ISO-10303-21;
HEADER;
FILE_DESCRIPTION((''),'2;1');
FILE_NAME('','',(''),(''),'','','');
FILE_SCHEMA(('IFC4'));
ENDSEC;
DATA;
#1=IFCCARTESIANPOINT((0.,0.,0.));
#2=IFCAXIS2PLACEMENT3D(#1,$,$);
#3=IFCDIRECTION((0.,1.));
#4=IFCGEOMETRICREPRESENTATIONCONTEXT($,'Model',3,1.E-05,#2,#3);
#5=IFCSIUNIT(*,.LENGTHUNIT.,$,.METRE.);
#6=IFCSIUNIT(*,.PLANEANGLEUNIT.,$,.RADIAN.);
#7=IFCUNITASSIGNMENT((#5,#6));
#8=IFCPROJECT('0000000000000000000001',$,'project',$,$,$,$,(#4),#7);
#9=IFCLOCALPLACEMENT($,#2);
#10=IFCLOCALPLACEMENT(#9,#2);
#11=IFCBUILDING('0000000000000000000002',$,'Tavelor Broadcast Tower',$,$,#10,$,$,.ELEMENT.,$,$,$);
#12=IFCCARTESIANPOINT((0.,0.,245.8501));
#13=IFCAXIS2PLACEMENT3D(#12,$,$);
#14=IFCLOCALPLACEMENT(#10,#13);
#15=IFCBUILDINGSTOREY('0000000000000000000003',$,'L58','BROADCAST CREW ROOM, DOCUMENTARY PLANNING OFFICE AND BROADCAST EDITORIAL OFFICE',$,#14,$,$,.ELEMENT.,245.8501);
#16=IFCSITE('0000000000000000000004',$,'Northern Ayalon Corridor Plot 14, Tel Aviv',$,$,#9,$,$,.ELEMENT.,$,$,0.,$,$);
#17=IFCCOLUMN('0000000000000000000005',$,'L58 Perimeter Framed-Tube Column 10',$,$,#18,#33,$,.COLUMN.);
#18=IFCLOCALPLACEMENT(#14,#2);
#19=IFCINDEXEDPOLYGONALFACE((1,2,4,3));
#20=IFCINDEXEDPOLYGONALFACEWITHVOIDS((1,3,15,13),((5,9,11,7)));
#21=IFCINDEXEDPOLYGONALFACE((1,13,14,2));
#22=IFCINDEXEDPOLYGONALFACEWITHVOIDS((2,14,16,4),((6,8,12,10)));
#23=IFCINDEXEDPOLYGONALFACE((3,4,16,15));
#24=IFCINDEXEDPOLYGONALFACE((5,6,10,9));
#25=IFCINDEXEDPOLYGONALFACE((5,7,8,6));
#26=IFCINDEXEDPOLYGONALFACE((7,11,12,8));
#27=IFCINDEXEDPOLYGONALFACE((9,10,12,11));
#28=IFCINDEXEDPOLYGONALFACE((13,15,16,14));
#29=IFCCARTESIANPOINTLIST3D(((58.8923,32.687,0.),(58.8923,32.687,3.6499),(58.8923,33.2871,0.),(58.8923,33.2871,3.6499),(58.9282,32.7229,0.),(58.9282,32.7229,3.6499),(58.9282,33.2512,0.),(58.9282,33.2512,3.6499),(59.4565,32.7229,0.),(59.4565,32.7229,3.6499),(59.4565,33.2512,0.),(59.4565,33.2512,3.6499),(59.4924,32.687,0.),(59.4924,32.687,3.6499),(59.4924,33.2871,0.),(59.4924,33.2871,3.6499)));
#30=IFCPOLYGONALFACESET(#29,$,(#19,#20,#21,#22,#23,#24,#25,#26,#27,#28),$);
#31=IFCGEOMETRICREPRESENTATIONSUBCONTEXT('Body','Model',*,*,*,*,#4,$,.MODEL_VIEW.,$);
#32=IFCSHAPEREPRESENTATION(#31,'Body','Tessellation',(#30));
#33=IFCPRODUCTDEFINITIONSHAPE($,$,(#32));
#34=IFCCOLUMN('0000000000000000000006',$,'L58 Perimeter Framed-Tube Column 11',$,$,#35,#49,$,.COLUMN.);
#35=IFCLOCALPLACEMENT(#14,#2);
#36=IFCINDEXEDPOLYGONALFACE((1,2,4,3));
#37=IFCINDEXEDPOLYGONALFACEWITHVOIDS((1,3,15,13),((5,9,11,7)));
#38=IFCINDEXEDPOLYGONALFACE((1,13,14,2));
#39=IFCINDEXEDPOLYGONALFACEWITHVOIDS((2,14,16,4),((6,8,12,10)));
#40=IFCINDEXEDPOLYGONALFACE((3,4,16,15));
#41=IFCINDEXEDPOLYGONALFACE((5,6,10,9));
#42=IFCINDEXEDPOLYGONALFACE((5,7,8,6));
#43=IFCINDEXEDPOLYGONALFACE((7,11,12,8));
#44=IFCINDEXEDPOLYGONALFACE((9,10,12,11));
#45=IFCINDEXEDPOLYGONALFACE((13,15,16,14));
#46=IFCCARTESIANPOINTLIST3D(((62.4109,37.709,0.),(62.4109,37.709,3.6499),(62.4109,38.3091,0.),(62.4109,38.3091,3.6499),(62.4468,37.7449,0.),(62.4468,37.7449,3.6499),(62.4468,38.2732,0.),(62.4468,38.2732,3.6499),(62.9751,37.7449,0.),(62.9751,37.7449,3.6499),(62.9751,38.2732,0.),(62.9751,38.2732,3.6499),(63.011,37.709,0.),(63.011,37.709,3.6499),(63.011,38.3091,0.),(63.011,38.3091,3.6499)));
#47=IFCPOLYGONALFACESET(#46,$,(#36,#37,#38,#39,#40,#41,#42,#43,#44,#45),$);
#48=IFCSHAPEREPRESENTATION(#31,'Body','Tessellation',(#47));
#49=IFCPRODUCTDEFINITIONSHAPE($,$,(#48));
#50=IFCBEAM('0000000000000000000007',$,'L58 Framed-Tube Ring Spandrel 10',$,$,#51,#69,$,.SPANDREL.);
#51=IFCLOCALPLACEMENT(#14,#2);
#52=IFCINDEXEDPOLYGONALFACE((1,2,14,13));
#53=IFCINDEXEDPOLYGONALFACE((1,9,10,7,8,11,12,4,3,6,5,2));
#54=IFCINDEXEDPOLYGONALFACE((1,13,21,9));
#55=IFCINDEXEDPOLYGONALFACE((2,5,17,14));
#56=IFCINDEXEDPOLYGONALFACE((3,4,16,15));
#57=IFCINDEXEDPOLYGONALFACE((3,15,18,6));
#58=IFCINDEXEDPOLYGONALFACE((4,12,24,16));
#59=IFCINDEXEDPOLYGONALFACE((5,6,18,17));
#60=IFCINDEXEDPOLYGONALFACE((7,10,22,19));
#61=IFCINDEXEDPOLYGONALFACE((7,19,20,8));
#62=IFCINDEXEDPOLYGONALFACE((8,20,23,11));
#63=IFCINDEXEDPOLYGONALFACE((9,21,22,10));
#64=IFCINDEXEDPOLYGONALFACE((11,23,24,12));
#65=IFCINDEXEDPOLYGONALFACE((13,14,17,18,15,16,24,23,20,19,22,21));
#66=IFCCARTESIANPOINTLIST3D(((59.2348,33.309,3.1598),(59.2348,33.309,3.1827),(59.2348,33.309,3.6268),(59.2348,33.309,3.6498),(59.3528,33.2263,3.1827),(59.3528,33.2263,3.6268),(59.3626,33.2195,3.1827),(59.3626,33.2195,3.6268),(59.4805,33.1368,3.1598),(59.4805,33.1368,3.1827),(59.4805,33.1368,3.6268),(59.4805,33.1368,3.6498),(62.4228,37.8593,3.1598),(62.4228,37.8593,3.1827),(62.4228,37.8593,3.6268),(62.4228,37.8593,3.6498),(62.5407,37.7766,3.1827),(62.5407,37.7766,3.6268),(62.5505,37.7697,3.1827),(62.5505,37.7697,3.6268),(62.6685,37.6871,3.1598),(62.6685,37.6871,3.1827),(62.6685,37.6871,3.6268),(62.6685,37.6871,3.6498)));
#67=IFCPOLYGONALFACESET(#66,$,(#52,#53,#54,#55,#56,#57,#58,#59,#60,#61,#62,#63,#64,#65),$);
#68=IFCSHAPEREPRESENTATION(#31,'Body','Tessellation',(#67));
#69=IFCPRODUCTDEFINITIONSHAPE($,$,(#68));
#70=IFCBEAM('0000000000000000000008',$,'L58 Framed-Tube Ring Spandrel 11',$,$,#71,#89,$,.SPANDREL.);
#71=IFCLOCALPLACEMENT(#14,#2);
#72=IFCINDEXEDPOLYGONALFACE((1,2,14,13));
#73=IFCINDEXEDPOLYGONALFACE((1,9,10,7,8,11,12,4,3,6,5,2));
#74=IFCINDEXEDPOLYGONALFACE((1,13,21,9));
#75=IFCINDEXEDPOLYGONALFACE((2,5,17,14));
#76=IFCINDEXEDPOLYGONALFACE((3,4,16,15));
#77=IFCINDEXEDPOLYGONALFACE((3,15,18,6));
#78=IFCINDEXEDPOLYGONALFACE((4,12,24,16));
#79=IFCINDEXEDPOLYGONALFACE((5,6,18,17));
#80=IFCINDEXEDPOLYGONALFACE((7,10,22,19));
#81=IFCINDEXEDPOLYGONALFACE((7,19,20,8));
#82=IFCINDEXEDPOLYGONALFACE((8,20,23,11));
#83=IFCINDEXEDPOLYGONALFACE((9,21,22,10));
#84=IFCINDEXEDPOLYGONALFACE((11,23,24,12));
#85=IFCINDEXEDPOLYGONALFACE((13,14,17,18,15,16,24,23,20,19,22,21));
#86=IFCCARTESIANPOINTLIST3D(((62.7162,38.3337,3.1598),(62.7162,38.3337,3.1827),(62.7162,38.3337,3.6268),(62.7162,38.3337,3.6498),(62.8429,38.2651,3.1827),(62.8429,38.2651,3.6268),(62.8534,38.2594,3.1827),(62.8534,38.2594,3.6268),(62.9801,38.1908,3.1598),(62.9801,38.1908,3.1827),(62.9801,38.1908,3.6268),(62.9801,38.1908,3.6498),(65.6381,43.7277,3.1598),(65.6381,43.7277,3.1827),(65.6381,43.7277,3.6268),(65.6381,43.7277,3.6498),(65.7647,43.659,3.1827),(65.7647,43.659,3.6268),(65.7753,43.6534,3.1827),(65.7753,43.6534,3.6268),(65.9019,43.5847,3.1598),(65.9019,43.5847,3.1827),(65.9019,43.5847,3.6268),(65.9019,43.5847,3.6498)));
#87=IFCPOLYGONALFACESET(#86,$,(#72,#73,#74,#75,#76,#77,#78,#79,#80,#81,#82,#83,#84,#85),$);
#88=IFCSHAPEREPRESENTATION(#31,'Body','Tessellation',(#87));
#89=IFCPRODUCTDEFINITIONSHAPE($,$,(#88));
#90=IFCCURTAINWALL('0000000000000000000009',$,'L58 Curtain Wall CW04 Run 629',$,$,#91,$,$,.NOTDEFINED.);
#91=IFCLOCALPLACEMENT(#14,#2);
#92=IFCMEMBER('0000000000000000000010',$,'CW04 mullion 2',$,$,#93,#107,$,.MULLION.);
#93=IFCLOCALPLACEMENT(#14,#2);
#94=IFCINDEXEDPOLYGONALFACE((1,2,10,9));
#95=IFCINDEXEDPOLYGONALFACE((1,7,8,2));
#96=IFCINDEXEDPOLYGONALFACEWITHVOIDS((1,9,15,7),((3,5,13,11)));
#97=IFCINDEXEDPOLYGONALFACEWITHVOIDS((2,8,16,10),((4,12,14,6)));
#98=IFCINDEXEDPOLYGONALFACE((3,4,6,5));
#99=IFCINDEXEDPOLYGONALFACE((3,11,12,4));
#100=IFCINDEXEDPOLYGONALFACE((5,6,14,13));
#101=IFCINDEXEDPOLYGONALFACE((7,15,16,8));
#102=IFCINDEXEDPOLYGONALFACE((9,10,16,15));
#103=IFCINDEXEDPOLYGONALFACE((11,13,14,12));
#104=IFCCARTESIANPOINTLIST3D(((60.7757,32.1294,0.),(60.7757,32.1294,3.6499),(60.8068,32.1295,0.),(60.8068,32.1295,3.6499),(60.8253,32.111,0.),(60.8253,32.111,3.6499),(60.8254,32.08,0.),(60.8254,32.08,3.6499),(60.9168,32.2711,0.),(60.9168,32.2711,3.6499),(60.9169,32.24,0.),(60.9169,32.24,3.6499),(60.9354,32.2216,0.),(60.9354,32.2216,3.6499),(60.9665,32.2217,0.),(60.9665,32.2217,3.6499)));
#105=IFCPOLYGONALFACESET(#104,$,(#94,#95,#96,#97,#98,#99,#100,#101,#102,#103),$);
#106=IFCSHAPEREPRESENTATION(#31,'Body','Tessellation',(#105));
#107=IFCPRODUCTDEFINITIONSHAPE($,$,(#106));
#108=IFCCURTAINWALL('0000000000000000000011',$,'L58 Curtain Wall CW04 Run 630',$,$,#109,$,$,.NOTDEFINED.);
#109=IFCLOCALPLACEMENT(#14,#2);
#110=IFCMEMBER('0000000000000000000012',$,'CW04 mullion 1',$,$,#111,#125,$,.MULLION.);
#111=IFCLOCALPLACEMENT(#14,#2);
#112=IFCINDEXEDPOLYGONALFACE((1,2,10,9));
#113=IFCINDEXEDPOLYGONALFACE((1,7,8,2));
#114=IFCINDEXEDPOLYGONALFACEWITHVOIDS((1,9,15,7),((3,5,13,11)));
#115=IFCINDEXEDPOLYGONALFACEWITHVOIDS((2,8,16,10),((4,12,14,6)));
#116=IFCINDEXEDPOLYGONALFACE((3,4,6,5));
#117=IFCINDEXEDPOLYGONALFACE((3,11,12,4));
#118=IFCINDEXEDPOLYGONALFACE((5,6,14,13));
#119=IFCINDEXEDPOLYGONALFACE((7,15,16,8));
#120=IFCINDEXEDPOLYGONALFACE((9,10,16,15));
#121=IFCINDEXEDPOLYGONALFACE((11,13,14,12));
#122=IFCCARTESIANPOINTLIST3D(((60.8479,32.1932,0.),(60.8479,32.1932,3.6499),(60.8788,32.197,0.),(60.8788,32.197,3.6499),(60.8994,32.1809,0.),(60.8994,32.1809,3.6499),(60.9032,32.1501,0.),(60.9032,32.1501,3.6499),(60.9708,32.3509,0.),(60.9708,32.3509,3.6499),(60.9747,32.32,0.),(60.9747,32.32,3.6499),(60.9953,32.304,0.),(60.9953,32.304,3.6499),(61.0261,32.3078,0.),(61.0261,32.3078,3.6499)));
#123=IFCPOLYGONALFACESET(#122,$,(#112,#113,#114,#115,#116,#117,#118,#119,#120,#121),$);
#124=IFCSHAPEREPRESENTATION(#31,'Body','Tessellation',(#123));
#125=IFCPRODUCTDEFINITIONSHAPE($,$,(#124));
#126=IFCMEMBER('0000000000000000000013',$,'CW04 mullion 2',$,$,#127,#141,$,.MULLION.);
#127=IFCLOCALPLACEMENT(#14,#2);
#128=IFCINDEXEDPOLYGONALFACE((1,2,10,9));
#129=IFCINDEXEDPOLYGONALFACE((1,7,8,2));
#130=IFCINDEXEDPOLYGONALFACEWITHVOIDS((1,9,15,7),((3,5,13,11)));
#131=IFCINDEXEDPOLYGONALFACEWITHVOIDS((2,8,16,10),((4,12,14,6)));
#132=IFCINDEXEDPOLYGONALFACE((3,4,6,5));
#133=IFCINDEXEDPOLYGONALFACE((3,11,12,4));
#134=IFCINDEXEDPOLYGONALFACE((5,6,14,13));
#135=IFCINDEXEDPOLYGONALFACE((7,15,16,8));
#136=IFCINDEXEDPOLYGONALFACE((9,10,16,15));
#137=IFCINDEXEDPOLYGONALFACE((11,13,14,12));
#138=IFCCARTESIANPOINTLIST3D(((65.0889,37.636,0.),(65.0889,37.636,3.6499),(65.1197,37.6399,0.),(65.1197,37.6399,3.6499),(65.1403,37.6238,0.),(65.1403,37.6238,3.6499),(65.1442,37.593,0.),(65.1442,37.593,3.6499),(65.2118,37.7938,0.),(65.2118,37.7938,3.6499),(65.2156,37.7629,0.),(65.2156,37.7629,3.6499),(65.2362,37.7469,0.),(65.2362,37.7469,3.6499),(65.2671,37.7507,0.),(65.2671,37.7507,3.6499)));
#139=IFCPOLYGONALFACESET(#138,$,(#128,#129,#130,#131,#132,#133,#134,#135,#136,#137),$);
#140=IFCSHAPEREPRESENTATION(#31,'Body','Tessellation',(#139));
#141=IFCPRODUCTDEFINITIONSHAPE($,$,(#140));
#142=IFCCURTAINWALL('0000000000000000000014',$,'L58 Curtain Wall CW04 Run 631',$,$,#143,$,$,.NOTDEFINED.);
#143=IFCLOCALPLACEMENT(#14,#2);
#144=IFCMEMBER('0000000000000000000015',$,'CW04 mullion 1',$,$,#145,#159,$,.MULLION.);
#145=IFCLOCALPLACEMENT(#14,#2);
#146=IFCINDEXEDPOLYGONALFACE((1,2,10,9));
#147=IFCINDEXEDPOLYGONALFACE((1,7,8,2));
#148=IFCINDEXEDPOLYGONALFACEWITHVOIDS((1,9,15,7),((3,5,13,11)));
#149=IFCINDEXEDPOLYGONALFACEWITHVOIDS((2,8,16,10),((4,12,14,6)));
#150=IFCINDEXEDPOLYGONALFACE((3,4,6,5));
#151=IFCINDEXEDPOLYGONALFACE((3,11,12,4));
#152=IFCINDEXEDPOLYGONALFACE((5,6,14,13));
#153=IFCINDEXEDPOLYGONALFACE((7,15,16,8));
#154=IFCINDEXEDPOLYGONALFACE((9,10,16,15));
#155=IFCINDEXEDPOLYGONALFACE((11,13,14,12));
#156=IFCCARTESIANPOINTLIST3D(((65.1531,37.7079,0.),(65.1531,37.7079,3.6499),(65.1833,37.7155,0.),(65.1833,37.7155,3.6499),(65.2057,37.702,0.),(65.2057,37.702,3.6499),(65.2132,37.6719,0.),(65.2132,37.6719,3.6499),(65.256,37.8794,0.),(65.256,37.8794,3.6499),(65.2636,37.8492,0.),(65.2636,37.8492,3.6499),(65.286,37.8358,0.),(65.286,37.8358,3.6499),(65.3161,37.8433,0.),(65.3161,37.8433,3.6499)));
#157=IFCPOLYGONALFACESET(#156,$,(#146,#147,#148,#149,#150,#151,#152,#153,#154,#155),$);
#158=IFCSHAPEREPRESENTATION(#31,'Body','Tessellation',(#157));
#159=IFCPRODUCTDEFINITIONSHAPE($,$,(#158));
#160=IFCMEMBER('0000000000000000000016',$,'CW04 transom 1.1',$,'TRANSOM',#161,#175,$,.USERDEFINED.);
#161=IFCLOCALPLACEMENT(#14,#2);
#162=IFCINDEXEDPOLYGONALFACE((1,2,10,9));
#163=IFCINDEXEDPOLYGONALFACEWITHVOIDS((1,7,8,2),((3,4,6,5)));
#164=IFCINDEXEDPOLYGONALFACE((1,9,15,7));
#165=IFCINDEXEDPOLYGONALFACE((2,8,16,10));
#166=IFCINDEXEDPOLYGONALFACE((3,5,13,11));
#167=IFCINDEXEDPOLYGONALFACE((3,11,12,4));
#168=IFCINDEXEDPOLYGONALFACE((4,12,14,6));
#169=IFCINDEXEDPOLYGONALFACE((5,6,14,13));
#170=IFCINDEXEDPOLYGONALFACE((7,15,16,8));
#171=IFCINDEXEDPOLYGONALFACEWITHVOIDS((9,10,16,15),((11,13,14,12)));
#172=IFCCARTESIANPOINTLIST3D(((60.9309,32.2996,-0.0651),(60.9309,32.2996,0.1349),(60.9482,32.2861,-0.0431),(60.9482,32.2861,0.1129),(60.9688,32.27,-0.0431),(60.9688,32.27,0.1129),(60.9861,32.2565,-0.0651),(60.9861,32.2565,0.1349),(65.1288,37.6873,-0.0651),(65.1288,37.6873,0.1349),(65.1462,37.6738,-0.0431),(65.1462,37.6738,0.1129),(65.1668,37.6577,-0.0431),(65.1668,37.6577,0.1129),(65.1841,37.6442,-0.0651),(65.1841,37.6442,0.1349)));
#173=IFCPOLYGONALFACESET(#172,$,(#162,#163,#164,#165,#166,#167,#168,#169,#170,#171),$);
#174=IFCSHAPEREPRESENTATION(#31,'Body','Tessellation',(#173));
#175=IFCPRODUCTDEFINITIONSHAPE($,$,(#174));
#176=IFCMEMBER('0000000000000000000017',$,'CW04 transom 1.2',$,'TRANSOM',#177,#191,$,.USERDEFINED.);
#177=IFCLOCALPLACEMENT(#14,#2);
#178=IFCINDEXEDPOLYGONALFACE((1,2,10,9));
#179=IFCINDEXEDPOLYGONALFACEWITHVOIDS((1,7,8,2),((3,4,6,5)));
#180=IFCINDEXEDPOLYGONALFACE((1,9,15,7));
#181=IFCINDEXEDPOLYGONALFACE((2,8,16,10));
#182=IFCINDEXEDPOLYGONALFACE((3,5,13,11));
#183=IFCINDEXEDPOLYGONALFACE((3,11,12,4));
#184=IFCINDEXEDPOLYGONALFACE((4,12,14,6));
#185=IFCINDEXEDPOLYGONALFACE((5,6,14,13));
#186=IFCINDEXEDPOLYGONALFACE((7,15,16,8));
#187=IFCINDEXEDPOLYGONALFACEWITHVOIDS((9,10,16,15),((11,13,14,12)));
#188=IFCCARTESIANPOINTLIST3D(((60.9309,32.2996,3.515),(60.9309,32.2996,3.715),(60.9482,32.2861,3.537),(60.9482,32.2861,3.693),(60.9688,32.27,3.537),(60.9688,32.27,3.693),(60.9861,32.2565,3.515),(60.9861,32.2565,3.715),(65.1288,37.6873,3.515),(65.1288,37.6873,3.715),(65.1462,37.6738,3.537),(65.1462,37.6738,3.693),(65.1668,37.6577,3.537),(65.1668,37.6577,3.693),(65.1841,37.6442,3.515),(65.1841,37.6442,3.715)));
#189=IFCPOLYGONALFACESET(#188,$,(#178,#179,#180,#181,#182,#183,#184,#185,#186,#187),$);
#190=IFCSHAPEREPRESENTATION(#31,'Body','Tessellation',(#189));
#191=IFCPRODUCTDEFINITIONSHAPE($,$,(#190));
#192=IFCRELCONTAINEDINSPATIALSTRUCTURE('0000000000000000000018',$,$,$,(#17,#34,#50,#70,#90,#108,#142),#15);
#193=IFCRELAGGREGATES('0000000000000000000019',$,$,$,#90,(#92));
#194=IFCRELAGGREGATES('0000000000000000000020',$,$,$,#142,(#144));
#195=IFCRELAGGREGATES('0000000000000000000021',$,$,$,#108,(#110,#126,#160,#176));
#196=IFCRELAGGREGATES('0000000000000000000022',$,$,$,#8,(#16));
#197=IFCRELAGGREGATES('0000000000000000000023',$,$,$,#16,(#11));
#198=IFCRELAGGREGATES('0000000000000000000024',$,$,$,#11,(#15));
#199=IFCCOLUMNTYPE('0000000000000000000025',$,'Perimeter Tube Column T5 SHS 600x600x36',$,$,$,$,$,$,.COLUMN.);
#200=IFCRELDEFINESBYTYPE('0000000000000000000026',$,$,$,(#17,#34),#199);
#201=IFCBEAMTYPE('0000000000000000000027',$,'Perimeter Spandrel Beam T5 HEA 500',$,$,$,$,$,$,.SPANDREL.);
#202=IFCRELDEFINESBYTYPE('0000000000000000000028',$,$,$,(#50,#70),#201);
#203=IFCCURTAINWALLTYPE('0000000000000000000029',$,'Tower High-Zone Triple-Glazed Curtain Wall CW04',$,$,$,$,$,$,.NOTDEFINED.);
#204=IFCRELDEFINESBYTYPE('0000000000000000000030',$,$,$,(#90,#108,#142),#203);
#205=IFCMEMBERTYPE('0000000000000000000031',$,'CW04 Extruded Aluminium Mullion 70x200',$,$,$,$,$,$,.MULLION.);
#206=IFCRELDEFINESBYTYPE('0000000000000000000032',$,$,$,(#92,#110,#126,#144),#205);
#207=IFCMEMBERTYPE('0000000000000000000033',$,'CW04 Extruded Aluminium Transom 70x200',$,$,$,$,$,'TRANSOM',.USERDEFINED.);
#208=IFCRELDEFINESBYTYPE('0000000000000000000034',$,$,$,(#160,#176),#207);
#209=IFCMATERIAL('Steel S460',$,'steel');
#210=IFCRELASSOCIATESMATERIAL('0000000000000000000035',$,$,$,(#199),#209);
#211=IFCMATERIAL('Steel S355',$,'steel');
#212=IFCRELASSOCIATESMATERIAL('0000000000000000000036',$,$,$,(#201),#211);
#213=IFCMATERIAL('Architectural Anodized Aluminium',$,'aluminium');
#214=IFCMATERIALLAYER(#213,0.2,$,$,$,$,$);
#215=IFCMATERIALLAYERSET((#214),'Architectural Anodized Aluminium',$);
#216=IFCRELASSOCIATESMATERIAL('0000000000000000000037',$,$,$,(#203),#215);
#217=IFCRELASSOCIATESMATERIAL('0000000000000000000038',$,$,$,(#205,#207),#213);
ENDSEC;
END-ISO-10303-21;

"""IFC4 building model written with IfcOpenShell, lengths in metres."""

from ifc_helpers import new_model, si_unit, direction, frame, origin, origin_2d, place, context, subcontext, project, spatial, hollow_rectangle, i_section, extrude, source, transform, mapped, material, layer, layer_set, material_profile, profile_set, type_object, type_shapes, element, aggregate, save


model = new_model("IFC4")

# Units and contexts
model_context = context("Model", 3, precision=1e-05, world=origin(), true_north=direction((0.0, 1.0)))
body_context = subcontext(model_context, "Body", "Model", "MODEL_VIEW")
ifc_project = project(units=[si_unit("LENGTHUNIT", "METRE"), si_unit("PLANEANGLEUNIT", "RADIAN")], contexts=[model_context])

# Site, building, storey
site_placement = place(None, origin())
site = spatial("IfcSite", under=ifc_project, at=site_placement, Name="Northern Ayalon Corridor Plot 14, Tel Aviv", CompositionType="ELEMENT", RefElevation=0.0)
building_placement = place(site_placement, origin())
building = spatial("IfcBuilding", under=site, at=building_placement, Name="Tavelor Broadcast Tower", CompositionType="ELEMENT")
storey_placement = place(building_placement, frame((0.0, 0.0, 245.8501)))
storey = spatial("IfcBuildingStorey", under=building, at=storey_placement, Name="L58", Description="BROADCAST CREW ROOM, DOCUMENTARY PLANNING OFFICE AND BROADCAST EDITORIAL OFFICE", CompositionType="ELEMENT", Elevation=245.8501)

# Columns
ifc_material_1 = material(Name="Steel S460", Category="steel")
ifc_material_profile_1 = material_profile(ifc_material_1, hollow_rectangle(XDim=0.6001, YDim=0.6001, WallThickness=0.0359, at=origin_2d()), Name="SHS 600x600x36")
ifc_profile_set_1 = profile_set([ifc_material_profile_1], Name="Steel S460")
column_type = type_object("IfcColumnType", Name="Perimeter Tube Column T5 SHS 600x600x36", PredefinedType="COLUMN", material=ifc_profile_set_1)
for number, where, z_axis, x_axis, name in (
    (1, (59.1924, 32.9871, 0.0), (0.0, 0.0, 1.0), (1.0, 0.0, 0.0), "L58 Perimeter Framed-Tube Column 10"),
    (2, (62.7109, 38.009, 0.0), (0.0, 0.0, 1.0), (1.0, 0.0, 0.0), "L58 Perimeter Framed-Tube Column 11"),
):
    element("IfcColumn", number, at=place(storey_placement, frame(where, z_axis=z_axis, x_axis=x_axis)), inside=storey, type_object=column_type, Name=name, PredefinedType="COLUMN", context=body_context, shape_type="SweptSolid", body=[
        extrude(hollow_rectangle(XDim=0.6001, YDim=0.6001, WallThickness=0.0359, at=origin_2d()), origin(), (0.0, 0.0, 1.0), 3.6499),
    ])

# Beams
ifc_material_2 = material(Name="Steel S355", Category="steel")
ifc_material_profile_2 = material_profile(ifc_material_2, i_section(OverallWidth=0.3, OverallDepth=0.49, WebThickness=0.012, FlangeThickness=0.0229, at=origin_2d()), Name="HEA 500")
ifc_profile_set_2 = profile_set([ifc_material_profile_2], Name="Steel S355")
beam_type = type_object("IfcBeamType", Name="Perimeter Spandrel Beam T5 HEA 500", PredefinedType="SPANDREL", material=ifc_profile_set_2)
beam_1_placement = place(storey_placement, frame((59.3577, 33.2229, 3.4048), z_axis=(0.573798, 0.818997, 0.0), x_axis=(-0.818997, 0.573798, 0.0)))
element("IfcBeam", 3, at=beam_1_placement, inside=storey, type_object=beam_type, Name="L58 Framed-Tube Ring Spandrel 10", PredefinedType="SPANDREL", context=body_context, shape_type="SweptSolid", body=[
    extrude(i_section(OverallWidth=0.3, OverallDepth=0.49, WebThickness=0.012, FlangeThickness=0.0229, at=origin_2d()), origin(), (0.0, 0.0, 1.0), 5.5559),
])
beam_2_placement = place(storey_placement, frame((62.8481, 38.2622, 3.4048), z_axis=(0.476296, 0.879285, 0.0), x_axis=(-0.879285, 0.476296, 0.0)))
element("IfcBeam", 4, at=beam_2_placement, inside=storey, type_object=beam_type, Name="L58 Framed-Tube Ring Spandrel 11", PredefinedType="SPANDREL", context=body_context, shape_type="SweptSolid", body=[
    extrude(i_section(OverallWidth=0.3, OverallDepth=0.49, WebThickness=0.012, FlangeThickness=0.0229, at=origin_2d()), origin(), (0.0, 0.0, 1.0), 6.1345),
])

# Curtain wall, member
ifc_material_3 = material(Name="Architectural Anodized Aluminium", Category="aluminium")
ifc_layer_1 = layer(ifc_material_3, 0.2)
ifc_layer_set_1 = layer_set([ifc_layer_1], Name="Architectural Anodized Aluminium")
curtain_wall_type = type_object("IfcCurtainWallType", Name="Tower High-Zone Triple-Glazed Curtain Wall CW04", PredefinedType="NOTDEFINED", material=ifc_layer_set_1)
curtain_wall_1_placement = place(storey_placement, origin())
curtain_wall_1 = element("IfcCurtainWall", 5, at=curtain_wall_1_placement, inside=storey, type_object=curtain_wall_type, Name="L58 Curtain Wall CW04 Run 629", PredefinedType="NOTDEFINED")
ifc_material_profile_3 = material_profile(ifc_material_3, hollow_rectangle(XDim=0.0701, YDim=0.2, WallThickness=0.022, at=origin_2d()), Name="RHS 70x200x22")
ifc_profile_set_3 = profile_set([ifc_material_profile_3], Name="Architectural Anodized Aluminium")
member_type_1 = type_object("IfcMemberType", Name="CW04 Extruded Aluminium Mullion 70x200", PredefinedType="MULLION", material=ifc_profile_set_3)
shared_shape_1 = source(origin(), body_context, "Body", "SweptSolid", [
    extrude(hollow_rectangle(XDim=0.0701, YDim=0.2, WallThickness=0.022, at=origin_2d()), origin(), (0.0, 0.0, 1.0), 3.6499),
])
type_shapes(member_type_1, [shared_shape_1])
member_1_placement = place(storey_placement, frame((60.8711, 32.1755, 0.0), z_axis=(0.0, 0.0, 1.0), x_axis=(-0.708651, 0.705559, 0.0)))
member_1 = element("IfcMember", 6, at=member_1_placement, type_object=member_type_1, Name="CW04 mullion 2", PredefinedType="MULLION", context=body_context, shape_type="MappedRepresentation", body=[
    mapped(shared_shape_1, transform((0.0, 0.0, 0.0), scale=1.0)),
])
aggregate(curtain_wall_1, [member_1])

# Curtain wall, members
curtain_wall_2_placement = place(storey_placement, origin())
curtain_wall_2 = element("IfcCurtainWall", 7, at=curtain_wall_2_placement, inside=storey, type_object=curtain_wall_type, Name="L58 Curtain Wall CW04 Run 630", PredefinedType="NOTDEFINED")
member_2_placement = place(storey_placement, frame((60.937, 32.2505, 0.0), z_axis=(0.0, 0.0, 1.0), x_axis=(-0.788815, 0.614631, 0.0)))
member_2 = element("IfcMember", 8, at=member_2_placement, type_object=member_type_1, Name="CW04 mullion 1", PredefinedType="MULLION", context=body_context, shape_type="MappedRepresentation", body=[
    mapped(shared_shape_1, transform((0.0, 0.0, 0.0), scale=1.0)),
])
member_3_placement = place(storey_placement, frame((65.178, 37.6934, 0.0), z_axis=(0.0, 0.0, 1.0), x_axis=(-0.788815, 0.614631, 0.0)))
member_3 = element("IfcMember", 9, at=member_3_placement, type_object=member_type_1, Name="CW04 mullion 2", PredefinedType="MULLION", context=body_context, shape_type="MappedRepresentation", body=[
    mapped(shared_shape_1, transform((0.0, 0.0, 0.0), scale=1.0)),
])

# Curtain wall, member
curtain_wall_3_placement = place(storey_placement, origin())
curtain_wall_3 = element("IfcCurtainWall", 10, at=curtain_wall_3_placement, inside=storey, type_object=curtain_wall_type, Name="L58 Curtain Wall CW04 Run 631", PredefinedType="NOTDEFINED")
member_4_placement = place(storey_placement, frame((65.2346, 37.7756, 0.0), z_axis=(0.0, 0.0, 1.0), x_axis=(-0.857399, 0.514652, 0.0)))
member_4 = element("IfcMember", 11, at=member_4_placement, type_object=member_type_1, Name="CW04 mullion 1", PredefinedType="MULLION", context=body_context, shape_type="MappedRepresentation", body=[
    mapped(shared_shape_1, transform((0.0, 0.0, 0.0), scale=1.0)),
])

# Members
ifc_material_profile_4 = material_profile(ifc_material_3, hollow_rectangle(XDim=0.0701, YDim=0.2, WallThickness=0.022, at=origin_2d()), Name="RHS 70x200x22")
ifc_profile_set_4 = profile_set([ifc_material_profile_4], Name="Architectural Anodized Aluminium")
member_type_2 = type_object("IfcMemberType", Name="CW04 Extruded Aluminium Transom 70x200", ElementType="TRANSOM", PredefinedType="USERDEFINED", material=ifc_profile_set_4)
shared_shape_2 = source(origin(), body_context, "Body", "SweptSolid", [
    extrude(hollow_rectangle(XDim=0.0701, YDim=0.2, WallThickness=0.022, at=origin_2d()), origin(), (0.0, 0.0, 1.0), 6.8301),
])
type_shapes(member_type_2, [shared_shape_2])
member_5_placement = place(storey_placement, frame((60.9585, 32.2781, 0.0349), z_axis=(0.614631, 0.788815, 0.0), x_axis=(-0.788815, 0.614631, 0.0)))
member_5 = element("IfcMember", 12, at=member_5_placement, type_object=member_type_2, Name="CW04 transom 1.1", ObjectType="TRANSOM", PredefinedType="USERDEFINED", context=body_context, shape_type="MappedRepresentation", body=[
    mapped(shared_shape_2, transform((0.0, 0.0, 0.0), scale=1.0)),
])
member_6_placement = place(storey_placement, frame((60.9585, 32.2781, 3.615), z_axis=(0.614631, 0.788815, 0.0), x_axis=(-0.788815, 0.614631, 0.0)))
member_6 = element("IfcMember", 13, at=member_6_placement, type_object=member_type_2, Name="CW04 transom 1.2", ObjectType="TRANSOM", PredefinedType="USERDEFINED", context=body_context, shape_type="MappedRepresentation", body=[
    mapped(shared_shape_2, transform((0.0, 0.0, 0.0), scale=1.0)),
])
aggregate(curtain_wall_3, [member_4])

aggregate(curtain_wall_2, [member_2, member_3, member_5, member_6])

save(model, "model.ifc")
